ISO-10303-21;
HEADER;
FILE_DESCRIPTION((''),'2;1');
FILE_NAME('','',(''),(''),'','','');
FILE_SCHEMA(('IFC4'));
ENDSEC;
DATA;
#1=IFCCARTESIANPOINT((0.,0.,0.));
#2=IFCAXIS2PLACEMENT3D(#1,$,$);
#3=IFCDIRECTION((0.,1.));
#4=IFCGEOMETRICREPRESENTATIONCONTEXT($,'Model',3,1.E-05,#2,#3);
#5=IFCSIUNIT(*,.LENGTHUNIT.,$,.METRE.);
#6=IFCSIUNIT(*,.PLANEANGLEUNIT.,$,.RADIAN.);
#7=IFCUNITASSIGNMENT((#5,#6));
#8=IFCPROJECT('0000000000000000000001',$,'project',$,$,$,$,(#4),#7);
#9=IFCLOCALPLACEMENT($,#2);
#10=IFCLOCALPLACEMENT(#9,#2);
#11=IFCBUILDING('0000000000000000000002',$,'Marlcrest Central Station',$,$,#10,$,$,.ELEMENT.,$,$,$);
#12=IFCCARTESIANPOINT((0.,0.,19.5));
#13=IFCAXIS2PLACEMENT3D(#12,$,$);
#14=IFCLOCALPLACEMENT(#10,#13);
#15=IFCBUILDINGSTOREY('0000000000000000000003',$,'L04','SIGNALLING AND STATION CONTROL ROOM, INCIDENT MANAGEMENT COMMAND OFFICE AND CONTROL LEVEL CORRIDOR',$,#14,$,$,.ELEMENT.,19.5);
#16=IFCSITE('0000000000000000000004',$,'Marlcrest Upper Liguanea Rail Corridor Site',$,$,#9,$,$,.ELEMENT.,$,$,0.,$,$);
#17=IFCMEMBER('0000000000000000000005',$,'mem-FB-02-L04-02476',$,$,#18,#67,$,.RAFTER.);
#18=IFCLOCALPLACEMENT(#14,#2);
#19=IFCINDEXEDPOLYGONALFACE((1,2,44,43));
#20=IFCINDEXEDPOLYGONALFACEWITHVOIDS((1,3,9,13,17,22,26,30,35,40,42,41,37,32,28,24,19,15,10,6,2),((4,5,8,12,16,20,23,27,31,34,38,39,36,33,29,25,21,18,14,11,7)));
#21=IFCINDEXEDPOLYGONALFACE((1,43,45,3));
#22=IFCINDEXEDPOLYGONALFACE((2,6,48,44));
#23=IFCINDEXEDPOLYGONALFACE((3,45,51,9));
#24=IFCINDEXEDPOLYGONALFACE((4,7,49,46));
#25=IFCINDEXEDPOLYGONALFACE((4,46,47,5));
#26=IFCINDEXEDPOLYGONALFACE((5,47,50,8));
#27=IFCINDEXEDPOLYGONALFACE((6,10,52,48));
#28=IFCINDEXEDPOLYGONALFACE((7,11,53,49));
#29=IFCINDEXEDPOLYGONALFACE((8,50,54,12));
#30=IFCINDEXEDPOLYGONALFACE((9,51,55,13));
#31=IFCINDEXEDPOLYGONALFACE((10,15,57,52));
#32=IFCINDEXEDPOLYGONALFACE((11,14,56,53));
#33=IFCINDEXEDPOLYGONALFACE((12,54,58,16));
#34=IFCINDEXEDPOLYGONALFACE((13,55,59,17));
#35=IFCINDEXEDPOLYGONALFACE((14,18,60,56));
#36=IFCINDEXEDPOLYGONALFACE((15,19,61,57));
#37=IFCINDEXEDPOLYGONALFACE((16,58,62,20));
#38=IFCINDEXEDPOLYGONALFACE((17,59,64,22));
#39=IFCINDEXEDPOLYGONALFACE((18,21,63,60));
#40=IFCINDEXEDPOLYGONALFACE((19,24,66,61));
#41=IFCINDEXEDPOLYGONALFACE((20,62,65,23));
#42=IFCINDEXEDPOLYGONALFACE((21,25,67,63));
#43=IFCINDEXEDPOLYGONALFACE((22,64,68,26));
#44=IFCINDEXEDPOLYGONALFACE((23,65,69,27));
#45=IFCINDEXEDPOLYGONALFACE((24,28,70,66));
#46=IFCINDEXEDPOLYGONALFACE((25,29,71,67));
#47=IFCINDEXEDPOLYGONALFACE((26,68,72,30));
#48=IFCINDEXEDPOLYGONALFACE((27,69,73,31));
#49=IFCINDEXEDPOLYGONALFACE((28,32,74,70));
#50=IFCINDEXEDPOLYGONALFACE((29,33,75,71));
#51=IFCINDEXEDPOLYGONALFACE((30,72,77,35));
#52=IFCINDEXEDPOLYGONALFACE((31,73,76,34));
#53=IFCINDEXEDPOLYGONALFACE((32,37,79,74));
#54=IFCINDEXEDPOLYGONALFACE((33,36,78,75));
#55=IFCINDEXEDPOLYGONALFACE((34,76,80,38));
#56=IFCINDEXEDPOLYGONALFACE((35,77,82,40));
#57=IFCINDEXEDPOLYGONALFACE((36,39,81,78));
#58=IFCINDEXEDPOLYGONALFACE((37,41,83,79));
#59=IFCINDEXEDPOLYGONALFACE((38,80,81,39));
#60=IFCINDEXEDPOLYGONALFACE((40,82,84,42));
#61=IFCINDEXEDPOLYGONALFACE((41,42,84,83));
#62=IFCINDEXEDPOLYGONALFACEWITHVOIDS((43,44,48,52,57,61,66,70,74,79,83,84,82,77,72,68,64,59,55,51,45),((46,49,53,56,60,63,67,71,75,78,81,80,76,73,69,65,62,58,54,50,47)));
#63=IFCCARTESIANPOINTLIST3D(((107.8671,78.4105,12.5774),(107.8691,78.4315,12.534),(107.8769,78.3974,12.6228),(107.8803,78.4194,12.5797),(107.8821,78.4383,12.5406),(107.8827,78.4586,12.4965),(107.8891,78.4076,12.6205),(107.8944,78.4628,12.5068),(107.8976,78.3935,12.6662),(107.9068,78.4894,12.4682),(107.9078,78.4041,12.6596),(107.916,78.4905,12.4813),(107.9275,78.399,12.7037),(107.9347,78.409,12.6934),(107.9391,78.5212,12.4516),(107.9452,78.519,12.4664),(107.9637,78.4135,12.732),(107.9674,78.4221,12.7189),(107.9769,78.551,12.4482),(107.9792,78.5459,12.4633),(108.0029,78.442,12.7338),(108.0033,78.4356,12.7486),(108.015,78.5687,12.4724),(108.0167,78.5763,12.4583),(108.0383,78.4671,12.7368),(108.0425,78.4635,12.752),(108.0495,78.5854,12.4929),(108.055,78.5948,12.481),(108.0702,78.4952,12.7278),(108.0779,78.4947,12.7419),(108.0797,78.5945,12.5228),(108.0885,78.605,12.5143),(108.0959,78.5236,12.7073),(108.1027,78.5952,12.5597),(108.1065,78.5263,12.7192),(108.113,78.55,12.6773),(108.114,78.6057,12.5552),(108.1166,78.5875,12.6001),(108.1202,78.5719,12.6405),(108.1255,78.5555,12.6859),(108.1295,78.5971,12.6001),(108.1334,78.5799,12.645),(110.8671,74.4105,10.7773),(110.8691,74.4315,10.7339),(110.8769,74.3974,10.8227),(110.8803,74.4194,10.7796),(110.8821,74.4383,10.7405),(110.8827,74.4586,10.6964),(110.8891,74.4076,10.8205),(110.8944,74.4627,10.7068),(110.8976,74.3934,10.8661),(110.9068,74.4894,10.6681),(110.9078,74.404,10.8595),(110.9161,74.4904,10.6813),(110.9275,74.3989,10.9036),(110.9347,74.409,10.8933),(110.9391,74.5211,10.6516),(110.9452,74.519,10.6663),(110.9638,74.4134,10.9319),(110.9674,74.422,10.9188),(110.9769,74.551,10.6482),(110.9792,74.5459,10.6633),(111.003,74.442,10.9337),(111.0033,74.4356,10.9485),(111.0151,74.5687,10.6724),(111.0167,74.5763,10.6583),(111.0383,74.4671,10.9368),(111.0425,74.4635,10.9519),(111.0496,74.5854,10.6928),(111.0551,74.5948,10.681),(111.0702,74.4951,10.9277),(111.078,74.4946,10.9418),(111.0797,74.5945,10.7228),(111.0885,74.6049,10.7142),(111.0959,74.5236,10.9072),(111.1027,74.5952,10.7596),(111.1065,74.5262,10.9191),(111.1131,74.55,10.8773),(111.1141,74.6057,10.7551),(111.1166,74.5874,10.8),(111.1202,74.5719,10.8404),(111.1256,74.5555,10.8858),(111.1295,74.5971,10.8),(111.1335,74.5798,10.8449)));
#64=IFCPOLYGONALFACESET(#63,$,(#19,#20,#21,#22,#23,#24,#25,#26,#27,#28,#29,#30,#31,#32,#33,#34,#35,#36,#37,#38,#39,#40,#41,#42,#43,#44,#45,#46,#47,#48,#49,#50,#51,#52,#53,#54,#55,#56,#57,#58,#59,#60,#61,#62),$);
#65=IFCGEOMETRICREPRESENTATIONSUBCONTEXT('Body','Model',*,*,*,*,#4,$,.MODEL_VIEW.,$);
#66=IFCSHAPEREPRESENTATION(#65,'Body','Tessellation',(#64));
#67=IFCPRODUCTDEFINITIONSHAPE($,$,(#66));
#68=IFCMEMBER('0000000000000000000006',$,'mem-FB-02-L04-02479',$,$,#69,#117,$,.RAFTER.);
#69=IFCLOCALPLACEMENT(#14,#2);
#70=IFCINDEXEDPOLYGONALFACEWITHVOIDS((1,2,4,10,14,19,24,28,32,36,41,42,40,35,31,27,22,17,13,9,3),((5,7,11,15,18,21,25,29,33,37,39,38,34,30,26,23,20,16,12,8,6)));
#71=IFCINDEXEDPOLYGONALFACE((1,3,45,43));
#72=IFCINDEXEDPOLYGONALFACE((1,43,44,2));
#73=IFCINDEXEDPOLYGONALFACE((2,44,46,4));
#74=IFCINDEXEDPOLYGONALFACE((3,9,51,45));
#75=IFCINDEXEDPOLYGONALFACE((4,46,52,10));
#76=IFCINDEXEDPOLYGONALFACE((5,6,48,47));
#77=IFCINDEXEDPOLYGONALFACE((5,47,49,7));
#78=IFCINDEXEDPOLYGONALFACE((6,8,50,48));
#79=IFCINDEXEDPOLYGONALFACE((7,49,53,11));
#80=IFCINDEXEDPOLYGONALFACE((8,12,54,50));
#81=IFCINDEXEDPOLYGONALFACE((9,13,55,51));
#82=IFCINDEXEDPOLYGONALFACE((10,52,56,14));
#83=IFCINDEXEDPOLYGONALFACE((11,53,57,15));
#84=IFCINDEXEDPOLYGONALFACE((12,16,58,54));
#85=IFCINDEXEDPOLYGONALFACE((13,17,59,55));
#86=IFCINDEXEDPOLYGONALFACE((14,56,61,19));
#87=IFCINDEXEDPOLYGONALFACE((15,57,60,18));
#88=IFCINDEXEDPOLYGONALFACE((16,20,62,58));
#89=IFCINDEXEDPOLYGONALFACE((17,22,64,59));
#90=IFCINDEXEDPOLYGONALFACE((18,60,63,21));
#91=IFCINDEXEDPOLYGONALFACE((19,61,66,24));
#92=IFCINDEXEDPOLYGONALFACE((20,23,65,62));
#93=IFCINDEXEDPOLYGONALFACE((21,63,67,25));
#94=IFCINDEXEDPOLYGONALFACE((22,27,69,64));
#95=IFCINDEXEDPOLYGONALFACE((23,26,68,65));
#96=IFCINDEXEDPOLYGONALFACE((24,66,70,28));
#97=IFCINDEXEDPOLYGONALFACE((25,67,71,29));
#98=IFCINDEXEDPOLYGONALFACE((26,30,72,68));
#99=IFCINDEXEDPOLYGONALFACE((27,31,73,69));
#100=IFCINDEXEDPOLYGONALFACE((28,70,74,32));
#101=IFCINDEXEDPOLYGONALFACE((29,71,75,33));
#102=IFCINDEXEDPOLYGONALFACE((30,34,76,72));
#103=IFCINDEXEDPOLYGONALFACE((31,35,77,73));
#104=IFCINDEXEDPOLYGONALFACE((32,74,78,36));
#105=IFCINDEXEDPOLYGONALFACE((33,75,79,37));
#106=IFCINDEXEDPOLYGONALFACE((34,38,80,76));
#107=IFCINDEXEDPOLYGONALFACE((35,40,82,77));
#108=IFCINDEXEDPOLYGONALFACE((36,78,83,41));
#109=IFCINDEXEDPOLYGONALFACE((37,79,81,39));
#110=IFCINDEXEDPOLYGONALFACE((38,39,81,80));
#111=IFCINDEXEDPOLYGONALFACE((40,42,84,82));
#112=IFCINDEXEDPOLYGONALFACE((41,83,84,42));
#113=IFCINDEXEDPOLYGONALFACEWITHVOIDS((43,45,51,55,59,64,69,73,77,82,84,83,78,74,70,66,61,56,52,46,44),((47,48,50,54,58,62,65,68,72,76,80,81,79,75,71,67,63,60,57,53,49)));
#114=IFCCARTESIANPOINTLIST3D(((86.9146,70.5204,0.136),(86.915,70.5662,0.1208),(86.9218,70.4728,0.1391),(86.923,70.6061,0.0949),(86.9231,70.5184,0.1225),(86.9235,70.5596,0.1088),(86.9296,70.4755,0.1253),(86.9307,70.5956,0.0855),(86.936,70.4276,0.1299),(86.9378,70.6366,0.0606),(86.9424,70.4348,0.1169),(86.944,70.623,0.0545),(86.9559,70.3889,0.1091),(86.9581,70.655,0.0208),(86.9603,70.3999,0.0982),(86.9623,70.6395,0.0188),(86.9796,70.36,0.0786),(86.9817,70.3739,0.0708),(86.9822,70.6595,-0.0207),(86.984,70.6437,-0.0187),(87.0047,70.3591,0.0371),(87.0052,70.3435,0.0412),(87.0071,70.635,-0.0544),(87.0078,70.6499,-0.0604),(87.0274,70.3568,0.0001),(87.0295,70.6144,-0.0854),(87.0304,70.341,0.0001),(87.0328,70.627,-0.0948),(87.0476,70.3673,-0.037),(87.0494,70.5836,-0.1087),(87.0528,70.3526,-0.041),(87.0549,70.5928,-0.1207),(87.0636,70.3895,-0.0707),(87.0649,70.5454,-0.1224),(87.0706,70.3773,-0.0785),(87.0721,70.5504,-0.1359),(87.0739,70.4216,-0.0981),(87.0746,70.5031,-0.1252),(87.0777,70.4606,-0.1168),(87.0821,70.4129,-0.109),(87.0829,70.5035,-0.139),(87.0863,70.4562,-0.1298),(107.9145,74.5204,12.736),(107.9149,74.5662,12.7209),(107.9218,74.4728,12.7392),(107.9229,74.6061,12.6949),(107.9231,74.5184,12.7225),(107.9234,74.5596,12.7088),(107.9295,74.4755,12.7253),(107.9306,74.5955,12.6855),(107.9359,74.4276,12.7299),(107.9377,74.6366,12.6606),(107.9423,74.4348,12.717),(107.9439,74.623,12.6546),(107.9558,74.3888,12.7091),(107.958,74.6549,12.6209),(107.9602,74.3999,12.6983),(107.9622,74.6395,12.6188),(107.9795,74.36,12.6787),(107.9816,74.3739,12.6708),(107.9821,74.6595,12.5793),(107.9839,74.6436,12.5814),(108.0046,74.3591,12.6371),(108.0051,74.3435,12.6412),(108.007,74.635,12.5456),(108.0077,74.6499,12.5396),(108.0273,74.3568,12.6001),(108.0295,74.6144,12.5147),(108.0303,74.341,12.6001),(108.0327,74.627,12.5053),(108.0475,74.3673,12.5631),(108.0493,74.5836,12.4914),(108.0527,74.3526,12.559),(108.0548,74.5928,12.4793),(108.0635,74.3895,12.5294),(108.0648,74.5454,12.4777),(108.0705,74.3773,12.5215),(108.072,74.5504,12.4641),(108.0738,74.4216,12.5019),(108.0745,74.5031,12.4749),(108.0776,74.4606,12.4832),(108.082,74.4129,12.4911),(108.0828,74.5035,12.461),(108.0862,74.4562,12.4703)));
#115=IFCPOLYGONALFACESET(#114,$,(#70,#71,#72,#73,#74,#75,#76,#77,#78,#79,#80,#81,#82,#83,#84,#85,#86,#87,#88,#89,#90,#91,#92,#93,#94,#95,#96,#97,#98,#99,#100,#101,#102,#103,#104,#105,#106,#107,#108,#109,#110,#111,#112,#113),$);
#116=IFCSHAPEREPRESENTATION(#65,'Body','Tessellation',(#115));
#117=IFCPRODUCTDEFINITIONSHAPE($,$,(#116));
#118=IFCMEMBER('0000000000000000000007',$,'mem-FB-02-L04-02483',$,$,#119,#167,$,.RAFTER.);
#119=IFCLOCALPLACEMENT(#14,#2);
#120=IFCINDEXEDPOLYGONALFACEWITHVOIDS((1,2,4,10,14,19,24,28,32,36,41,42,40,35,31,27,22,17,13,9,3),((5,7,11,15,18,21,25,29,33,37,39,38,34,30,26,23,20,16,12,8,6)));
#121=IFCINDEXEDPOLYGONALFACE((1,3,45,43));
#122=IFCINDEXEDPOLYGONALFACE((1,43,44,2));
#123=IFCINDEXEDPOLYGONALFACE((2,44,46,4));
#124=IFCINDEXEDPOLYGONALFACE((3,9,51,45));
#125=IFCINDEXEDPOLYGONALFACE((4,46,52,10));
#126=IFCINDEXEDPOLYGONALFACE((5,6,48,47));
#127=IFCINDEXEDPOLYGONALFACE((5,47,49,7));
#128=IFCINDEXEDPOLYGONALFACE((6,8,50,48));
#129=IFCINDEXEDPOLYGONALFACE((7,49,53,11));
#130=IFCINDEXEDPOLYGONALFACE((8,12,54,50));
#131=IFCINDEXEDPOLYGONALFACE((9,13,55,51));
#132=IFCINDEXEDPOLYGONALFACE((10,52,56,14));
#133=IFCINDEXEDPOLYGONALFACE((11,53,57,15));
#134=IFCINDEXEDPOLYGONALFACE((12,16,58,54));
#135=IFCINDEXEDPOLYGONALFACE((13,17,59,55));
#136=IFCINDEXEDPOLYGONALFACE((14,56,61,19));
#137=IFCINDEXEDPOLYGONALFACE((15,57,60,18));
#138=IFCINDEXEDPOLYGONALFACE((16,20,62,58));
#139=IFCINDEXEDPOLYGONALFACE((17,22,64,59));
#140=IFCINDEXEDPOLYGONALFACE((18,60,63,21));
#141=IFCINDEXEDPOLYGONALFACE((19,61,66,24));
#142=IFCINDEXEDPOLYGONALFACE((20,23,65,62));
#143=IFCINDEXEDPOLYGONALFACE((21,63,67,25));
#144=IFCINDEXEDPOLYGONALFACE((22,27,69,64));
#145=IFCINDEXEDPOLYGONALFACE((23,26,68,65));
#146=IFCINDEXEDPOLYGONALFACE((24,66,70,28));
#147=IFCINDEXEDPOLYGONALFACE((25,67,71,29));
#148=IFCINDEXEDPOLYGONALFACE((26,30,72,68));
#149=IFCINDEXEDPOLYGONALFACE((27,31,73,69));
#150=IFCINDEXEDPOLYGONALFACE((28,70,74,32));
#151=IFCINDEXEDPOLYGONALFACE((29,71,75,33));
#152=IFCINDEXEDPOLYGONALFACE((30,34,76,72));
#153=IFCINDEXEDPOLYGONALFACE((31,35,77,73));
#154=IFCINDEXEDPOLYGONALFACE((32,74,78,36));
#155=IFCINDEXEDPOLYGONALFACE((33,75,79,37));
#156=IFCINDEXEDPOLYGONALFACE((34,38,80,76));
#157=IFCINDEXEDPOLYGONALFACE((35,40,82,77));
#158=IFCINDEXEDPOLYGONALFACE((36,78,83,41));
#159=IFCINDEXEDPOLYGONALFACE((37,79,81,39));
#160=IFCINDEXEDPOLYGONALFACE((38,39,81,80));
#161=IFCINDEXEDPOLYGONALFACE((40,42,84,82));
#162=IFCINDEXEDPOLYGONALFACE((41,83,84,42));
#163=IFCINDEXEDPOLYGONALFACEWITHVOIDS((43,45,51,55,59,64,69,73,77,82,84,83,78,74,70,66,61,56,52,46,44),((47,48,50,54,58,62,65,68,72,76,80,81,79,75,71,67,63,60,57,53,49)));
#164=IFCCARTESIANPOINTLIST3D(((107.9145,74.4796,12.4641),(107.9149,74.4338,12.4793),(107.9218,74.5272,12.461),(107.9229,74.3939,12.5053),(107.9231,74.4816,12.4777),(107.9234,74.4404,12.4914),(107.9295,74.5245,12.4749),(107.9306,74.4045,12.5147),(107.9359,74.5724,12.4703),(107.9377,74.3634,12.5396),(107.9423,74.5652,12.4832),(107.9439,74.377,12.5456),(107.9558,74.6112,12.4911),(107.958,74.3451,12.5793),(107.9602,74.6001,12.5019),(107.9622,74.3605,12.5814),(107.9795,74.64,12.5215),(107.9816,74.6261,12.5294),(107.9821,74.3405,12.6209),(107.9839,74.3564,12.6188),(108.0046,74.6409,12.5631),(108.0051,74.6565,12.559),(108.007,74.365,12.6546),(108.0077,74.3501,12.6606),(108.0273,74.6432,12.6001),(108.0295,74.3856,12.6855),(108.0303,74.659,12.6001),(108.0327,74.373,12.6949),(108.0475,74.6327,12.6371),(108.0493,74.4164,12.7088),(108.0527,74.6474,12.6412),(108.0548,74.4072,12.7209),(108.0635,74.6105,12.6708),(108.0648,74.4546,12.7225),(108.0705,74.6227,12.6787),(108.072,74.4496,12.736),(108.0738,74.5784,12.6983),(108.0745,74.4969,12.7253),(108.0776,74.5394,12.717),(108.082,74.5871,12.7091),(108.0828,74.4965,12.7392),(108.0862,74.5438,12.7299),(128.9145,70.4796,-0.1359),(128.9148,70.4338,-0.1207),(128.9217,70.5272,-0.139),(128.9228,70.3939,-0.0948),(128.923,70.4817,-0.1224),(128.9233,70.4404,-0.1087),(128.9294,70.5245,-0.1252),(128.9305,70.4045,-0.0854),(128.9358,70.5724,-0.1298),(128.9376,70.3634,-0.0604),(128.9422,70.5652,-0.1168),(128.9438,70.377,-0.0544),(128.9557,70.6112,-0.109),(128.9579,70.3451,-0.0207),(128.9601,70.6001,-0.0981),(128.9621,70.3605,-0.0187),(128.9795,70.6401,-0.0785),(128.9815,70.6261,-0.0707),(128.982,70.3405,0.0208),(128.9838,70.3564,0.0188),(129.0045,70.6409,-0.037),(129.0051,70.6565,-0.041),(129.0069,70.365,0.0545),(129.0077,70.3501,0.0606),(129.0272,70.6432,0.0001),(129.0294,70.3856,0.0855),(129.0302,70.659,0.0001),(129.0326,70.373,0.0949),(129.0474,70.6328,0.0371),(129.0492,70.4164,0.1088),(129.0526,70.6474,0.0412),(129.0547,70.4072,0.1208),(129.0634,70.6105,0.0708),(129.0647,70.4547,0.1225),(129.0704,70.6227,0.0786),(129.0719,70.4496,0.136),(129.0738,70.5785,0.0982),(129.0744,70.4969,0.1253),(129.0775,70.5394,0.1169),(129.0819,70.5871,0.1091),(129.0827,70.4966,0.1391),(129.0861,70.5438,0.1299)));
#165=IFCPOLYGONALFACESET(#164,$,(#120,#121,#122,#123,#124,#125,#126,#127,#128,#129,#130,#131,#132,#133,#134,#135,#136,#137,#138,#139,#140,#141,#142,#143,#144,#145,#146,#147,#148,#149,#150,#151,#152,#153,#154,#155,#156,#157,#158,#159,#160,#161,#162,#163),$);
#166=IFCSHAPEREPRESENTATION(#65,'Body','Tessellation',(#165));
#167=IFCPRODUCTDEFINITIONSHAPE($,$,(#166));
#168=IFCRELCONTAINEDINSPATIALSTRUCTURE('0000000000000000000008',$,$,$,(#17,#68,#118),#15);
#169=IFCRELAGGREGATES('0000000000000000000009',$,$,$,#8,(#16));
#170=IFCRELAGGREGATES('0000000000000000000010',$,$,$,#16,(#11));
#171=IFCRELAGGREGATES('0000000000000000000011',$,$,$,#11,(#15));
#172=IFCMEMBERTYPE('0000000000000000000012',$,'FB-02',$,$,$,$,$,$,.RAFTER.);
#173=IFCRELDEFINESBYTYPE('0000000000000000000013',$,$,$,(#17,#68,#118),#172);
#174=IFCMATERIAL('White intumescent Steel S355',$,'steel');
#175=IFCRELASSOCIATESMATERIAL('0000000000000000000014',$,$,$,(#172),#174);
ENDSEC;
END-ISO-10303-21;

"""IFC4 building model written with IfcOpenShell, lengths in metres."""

from ifc_helpers import new_model, si_unit, direction, frame, origin, origin_2d, place, context, subcontext, project, spatial, hollow_circle, extrude, material, material_profile, profile_set, type_object, element, save


model = new_model("IFC4")

# Units and contexts
model_context = context("Model", 3, precision=1e-05, world=origin(), true_north=direction((0.0, 1.0)))
body_context = subcontext(model_context, "Body", "Model", "MODEL_VIEW")
ifc_project = project(units=[si_unit("LENGTHUNIT", "METRE"), si_unit("PLANEANGLEUNIT", "RADIAN")], contexts=[model_context])

# Site, building, storey
site_placement = place(None, origin())
site = spatial("IfcSite", under=ifc_project, at=site_placement, Name="Marlcrest Upper Liguanea Rail Corridor Site", CompositionType="ELEMENT", RefElevation=0.0)
building_placement = place(site_placement, origin())
building = spatial("IfcBuilding", under=site, at=building_placement, Name="Marlcrest Central Station", CompositionType="ELEMENT")
storey_placement = place(building_placement, frame((0.0, 0.0, 19.5)))
storey = spatial("IfcBuildingStorey", under=building, at=storey_placement, Name="L04", Description="SIGNALLING AND STATION CONTROL ROOM, INCIDENT MANAGEMENT COMMAND OFFICE AND CONTROL LEVEL CORRIDOR", CompositionType="ELEMENT", Elevation=19.5)

# Members
ifc_material_1 = material(Name="White intumescent Steel S355", Category="steel")
ifc_material_profile_1 = material_profile(ifc_material_1, hollow_circle(Radius=0.1619, WallThickness=0.0161, at=origin_2d()), Name="CHS 323.9x16")
ifc_profile_set_1 = profile_set([ifc_material_profile_1], Name="White intumescent Steel S355")
member_type_1 = type_object("IfcMemberType", Name="FB-02", PredefinedType="RAFTER", material=ifc_profile_set_1)
for number, where, z_axis, x_axis, name in (
    (1, (108.0, 78.5, 12.6001), (0.564531, -0.752708, -0.338728), (0.8, 0.6, 0.0), "mem-FB-02-L04-02476"),
):
    element("IfcMember", number, at=place(storey_placement, frame(where, z_axis=z_axis, x_axis=x_axis)), inside=storey, type_object=member_type_1, Name=name, PredefinedType="RAFTER", context=body_context, shape_type="SweptSolid", body=[
        extrude(hollow_circle(Radius=0.1619, WallThickness=0.0161, at=origin_2d()), origin(), (0.0, 0.0, 1.0), 5.3142),
    ])
for number, where, z_axis, x_axis, name in (
    (2, (108.0, 74.5, 12.6001), (-0.846277, -0.161196, -0.50777), (0.187112, -0.982339, 0.0), "mem-FB-02-L04-02479"),
    (3, (108.0, 74.5, 12.6001), (0.846277, -0.161196, -0.50777), (0.187112, 0.982339, 0.0), "mem-FB-02-L04-02483"),
):
    element("IfcMember", number, at=place(storey_placement, frame(where, z_axis=z_axis, x_axis=x_axis)), inside=storey, type_object=member_type_1, Name=name, PredefinedType="RAFTER", context=body_context, shape_type="SweptSolid", body=[
        extrude(hollow_circle(Radius=0.1619, WallThickness=0.0161, at=origin_2d()), origin(), (0.0, 0.0, 1.0), 24.8145),
    ])

save(model, "model.ifc")
